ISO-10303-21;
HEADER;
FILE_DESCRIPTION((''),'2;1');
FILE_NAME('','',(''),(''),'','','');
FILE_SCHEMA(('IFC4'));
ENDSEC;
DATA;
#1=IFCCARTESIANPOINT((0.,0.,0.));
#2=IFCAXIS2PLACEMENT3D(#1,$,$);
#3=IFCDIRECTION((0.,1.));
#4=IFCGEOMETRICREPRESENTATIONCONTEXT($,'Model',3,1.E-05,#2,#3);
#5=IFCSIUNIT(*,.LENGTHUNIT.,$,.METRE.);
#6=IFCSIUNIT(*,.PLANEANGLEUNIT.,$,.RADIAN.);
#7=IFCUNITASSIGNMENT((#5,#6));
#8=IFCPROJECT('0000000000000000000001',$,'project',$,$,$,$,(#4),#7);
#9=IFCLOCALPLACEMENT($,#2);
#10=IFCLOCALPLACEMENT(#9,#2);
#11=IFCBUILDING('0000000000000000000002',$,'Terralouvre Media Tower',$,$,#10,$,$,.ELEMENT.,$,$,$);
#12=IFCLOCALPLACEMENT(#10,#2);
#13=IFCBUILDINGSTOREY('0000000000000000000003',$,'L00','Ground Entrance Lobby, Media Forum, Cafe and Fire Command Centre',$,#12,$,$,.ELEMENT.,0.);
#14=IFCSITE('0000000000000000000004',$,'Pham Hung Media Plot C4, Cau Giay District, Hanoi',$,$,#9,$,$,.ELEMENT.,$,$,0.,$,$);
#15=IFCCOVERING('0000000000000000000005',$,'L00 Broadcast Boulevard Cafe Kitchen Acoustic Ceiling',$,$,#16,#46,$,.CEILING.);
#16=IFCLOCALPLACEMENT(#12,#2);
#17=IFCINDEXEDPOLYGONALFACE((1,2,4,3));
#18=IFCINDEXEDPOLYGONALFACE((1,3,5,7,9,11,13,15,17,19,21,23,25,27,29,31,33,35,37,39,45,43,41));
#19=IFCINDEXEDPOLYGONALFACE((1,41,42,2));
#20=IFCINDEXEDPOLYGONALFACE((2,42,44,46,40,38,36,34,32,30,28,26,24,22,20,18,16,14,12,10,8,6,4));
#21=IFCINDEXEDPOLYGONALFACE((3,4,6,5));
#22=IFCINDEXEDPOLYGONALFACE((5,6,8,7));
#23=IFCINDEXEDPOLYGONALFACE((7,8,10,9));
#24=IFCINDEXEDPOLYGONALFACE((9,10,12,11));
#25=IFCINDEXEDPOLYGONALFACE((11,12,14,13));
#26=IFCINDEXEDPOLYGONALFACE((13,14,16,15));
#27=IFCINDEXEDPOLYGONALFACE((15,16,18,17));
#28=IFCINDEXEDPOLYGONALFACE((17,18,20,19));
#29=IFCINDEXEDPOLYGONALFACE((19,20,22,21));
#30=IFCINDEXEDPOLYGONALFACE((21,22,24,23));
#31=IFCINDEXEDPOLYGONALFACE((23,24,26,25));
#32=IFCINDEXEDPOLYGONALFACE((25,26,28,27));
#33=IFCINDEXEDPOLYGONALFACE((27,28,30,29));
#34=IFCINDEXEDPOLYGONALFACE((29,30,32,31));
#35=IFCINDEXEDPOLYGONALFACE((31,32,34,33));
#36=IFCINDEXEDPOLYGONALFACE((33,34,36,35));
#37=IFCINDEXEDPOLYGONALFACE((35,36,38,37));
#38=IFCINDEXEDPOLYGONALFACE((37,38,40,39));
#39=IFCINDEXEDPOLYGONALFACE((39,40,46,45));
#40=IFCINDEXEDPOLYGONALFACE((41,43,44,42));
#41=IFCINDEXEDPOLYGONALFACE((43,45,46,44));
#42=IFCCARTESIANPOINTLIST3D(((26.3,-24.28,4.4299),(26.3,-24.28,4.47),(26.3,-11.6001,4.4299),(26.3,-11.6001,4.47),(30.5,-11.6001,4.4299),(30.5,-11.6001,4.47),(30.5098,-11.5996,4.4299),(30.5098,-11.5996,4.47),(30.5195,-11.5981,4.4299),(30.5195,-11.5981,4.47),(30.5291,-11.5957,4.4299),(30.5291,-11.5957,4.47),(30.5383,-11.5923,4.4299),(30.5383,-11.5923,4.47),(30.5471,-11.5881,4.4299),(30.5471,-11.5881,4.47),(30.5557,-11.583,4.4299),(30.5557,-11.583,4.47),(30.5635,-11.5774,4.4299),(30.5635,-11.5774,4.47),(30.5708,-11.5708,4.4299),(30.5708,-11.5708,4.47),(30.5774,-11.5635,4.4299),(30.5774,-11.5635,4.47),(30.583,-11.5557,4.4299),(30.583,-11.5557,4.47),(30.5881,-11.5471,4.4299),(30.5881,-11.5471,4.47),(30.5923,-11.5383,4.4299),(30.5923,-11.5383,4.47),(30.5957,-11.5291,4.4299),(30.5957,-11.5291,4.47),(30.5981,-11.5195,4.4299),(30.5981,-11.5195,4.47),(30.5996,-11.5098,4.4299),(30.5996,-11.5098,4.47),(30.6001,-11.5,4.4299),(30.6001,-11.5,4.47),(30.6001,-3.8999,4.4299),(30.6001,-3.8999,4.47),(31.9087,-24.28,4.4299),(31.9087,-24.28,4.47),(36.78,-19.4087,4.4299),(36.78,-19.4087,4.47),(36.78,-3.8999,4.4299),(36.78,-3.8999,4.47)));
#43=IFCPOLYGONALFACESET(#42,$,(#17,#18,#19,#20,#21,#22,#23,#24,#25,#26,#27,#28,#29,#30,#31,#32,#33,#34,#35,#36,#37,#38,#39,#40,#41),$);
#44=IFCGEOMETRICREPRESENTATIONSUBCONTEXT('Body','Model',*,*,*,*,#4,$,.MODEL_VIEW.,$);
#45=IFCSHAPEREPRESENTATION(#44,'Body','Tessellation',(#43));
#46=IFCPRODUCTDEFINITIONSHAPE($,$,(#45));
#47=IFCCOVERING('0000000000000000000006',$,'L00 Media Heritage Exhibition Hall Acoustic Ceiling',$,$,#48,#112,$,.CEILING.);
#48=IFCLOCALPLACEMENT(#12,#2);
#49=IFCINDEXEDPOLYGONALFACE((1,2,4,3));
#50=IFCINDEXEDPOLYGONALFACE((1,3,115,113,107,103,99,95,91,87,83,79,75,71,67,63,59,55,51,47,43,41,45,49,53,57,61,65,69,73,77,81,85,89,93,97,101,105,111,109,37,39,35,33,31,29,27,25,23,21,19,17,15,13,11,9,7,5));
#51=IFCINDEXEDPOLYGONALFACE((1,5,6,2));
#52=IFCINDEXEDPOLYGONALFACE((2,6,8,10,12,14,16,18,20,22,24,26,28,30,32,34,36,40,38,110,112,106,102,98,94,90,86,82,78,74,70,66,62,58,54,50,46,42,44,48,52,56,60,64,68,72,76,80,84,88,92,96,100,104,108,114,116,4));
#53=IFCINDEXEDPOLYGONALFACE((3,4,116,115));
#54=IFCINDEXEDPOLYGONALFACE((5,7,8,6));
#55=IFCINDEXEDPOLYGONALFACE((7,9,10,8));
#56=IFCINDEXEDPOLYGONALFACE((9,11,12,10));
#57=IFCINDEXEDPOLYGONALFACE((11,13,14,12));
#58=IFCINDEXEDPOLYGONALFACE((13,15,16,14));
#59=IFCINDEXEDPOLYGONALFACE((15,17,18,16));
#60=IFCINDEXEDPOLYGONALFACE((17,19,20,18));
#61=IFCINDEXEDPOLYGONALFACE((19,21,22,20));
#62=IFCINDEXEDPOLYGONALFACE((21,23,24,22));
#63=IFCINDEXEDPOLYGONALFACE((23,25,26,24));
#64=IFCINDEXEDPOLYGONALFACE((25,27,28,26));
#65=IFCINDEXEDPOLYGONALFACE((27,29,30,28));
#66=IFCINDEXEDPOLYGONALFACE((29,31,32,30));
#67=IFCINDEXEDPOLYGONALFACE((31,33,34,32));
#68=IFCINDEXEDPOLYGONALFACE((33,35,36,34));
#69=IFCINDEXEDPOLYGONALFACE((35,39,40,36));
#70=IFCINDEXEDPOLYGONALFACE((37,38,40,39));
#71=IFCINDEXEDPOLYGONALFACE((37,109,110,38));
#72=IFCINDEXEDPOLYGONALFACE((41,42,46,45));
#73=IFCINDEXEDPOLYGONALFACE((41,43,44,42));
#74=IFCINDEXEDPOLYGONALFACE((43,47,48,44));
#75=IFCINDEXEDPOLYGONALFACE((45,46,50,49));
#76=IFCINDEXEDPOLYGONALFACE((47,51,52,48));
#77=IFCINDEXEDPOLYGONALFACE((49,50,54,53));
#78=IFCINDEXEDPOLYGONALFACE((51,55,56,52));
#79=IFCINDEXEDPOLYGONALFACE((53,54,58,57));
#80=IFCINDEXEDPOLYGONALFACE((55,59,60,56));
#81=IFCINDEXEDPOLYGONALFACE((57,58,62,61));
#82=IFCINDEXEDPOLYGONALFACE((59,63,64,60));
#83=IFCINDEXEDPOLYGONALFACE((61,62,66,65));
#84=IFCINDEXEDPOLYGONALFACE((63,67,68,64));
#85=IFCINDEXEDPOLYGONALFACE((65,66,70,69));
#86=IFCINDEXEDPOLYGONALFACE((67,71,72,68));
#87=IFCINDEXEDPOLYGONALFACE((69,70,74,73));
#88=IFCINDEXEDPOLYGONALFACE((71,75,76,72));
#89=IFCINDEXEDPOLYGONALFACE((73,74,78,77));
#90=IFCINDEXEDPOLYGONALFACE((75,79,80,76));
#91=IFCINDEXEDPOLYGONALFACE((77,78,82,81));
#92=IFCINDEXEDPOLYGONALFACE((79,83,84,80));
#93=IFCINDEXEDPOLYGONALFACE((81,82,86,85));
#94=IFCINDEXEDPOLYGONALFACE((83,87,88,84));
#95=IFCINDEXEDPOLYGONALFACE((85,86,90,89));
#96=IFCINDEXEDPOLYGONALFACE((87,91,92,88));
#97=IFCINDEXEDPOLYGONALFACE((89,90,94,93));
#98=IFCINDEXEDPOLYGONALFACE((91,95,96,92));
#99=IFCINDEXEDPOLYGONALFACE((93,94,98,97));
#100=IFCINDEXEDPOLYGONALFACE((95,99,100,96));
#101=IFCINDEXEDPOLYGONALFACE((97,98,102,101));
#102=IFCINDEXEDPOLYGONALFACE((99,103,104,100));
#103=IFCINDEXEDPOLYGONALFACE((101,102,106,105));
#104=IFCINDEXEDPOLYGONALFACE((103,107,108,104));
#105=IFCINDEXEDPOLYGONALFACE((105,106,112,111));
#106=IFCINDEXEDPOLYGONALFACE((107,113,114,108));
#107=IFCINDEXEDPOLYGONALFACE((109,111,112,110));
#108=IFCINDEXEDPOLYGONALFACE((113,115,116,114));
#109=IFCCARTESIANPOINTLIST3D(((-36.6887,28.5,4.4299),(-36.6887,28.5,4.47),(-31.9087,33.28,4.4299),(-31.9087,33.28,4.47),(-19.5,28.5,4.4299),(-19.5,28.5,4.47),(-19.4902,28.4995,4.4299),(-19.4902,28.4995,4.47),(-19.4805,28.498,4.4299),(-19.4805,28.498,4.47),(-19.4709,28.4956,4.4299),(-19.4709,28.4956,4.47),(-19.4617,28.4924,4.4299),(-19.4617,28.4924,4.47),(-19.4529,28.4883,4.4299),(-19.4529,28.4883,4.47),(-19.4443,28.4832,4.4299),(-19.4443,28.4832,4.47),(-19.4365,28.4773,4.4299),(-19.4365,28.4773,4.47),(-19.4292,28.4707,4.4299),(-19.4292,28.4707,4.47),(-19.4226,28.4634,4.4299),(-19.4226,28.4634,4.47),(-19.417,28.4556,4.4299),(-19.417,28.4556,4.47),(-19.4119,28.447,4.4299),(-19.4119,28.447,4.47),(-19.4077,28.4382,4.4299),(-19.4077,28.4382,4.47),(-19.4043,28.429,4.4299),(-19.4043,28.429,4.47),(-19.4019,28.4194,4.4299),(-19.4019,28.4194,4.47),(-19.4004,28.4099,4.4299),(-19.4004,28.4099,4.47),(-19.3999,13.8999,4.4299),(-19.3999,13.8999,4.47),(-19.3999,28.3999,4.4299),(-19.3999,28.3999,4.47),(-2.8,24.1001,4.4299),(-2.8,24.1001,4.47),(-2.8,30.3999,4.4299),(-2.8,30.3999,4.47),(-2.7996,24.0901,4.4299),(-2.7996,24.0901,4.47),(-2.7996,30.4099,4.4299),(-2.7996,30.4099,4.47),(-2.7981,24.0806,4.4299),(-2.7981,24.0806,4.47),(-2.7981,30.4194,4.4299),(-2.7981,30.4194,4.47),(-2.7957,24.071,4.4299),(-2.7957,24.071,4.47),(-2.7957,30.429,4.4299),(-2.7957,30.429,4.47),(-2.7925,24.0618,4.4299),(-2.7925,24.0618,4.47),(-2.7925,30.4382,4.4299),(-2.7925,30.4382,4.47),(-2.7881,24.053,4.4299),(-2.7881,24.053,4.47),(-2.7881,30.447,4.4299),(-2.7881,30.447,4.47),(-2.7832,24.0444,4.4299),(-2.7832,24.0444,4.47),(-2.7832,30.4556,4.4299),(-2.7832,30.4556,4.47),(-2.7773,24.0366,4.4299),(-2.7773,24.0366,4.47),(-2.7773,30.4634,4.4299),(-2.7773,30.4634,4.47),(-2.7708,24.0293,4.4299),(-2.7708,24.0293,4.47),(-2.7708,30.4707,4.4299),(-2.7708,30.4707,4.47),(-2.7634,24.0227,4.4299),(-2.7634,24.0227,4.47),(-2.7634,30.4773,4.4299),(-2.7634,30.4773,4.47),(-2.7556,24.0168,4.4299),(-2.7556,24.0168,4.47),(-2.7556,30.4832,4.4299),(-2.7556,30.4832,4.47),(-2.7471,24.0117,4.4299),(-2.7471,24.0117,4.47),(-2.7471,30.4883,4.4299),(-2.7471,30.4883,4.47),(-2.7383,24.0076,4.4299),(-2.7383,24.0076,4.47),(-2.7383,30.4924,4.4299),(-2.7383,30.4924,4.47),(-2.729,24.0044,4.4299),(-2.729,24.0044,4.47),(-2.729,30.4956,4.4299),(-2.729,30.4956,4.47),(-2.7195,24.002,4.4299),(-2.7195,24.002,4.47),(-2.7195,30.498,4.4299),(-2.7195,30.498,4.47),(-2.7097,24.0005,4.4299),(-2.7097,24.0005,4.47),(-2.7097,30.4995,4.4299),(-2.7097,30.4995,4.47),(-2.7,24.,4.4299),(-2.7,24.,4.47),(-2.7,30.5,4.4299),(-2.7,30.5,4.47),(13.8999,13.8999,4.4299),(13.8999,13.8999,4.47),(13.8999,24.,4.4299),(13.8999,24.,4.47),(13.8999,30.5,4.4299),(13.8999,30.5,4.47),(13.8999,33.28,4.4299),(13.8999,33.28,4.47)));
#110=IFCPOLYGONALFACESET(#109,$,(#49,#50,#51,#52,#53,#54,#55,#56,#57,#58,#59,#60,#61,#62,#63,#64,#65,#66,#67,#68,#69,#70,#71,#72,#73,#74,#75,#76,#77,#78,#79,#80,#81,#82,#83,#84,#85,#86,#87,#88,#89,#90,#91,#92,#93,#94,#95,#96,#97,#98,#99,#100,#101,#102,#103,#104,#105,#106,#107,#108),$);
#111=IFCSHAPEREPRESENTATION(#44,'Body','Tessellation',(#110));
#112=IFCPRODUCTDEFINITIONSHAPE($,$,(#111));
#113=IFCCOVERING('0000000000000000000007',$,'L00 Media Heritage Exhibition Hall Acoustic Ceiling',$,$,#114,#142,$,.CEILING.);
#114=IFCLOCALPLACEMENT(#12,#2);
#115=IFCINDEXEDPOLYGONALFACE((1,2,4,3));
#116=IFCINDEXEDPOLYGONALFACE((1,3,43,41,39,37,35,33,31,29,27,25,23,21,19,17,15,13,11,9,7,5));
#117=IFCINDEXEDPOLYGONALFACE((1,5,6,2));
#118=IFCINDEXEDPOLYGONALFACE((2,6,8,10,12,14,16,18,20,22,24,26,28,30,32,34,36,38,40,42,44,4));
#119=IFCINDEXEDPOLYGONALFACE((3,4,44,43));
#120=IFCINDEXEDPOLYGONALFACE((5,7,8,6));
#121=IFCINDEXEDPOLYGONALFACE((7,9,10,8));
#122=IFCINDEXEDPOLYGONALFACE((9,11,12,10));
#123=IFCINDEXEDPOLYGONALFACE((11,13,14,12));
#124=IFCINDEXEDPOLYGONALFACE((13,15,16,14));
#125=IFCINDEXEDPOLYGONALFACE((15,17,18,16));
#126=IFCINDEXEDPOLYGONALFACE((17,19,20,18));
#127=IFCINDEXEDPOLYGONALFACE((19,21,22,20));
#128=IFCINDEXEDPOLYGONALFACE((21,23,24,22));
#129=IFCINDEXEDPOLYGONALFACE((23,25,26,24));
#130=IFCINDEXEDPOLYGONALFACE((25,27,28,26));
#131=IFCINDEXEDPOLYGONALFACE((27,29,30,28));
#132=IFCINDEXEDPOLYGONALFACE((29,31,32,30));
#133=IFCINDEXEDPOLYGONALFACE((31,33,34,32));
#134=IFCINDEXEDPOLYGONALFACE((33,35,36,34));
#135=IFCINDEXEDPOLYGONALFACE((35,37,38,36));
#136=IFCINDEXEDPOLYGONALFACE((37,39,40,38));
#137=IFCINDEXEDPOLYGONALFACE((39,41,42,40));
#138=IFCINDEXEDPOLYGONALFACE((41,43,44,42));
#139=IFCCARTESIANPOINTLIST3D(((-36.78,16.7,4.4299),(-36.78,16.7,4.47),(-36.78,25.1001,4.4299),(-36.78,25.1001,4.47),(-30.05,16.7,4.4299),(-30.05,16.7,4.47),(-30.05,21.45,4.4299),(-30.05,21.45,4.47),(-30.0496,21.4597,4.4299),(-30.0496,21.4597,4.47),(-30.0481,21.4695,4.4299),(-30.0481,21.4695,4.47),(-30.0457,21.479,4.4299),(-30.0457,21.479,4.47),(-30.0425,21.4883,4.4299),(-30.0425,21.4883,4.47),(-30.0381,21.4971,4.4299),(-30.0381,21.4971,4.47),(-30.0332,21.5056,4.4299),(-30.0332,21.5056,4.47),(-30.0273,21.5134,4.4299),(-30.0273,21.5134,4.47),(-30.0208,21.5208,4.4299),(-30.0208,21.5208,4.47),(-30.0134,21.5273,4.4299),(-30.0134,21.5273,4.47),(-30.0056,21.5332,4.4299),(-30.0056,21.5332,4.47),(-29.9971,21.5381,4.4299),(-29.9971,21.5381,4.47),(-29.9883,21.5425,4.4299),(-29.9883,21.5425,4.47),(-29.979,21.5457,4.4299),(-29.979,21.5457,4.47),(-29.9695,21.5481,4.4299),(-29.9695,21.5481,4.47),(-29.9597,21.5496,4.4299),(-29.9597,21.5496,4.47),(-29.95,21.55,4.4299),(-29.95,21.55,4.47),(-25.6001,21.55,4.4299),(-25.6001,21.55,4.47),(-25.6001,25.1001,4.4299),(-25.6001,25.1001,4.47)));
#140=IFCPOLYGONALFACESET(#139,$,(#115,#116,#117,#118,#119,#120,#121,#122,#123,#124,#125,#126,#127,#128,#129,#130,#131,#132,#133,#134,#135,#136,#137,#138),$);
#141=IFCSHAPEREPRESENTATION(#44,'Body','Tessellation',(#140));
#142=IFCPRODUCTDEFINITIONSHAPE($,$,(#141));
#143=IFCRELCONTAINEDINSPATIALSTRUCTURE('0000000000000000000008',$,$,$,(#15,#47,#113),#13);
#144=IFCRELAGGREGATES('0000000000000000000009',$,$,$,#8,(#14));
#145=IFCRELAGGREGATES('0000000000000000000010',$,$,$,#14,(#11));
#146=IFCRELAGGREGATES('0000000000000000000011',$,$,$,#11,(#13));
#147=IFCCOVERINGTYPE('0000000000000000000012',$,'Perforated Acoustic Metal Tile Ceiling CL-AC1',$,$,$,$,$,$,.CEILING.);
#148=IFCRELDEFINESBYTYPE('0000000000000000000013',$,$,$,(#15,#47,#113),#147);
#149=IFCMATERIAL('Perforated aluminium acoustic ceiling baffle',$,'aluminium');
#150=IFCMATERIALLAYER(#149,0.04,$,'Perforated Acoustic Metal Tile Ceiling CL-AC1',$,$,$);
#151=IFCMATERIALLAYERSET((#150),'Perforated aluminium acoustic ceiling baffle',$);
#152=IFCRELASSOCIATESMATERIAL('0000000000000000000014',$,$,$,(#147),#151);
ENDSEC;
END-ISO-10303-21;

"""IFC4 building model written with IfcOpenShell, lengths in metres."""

from ifc_helpers import new_model, si_unit, direction, frame, origin, place, context, subcontext, project, spatial, polyline, outline, extrude, material, layer, layer_set, type_object, element, save


model = new_model("IFC4")

# Units and contexts
model_context = context("Model", 3, precision=1e-05, world=origin(), true_north=direction((0.0, 1.0)))
body_context = subcontext(model_context, "Body", "Model", "MODEL_VIEW")
ifc_project = project(units=[si_unit("LENGTHUNIT", "METRE"), si_unit("PLANEANGLEUNIT", "RADIAN")], contexts=[model_context])

# Site, building, storey
site_placement = place(None, origin())
site = spatial("IfcSite", under=ifc_project, at=site_placement, Name="Pham Hung Media Plot C4, Cau Giay District, Hanoi", CompositionType="ELEMENT", RefElevation=0.0)
building_placement = place(site_placement, origin())
building = spatial("IfcBuilding", under=site, at=building_placement, Name="Terralouvre Media Tower", CompositionType="ELEMENT")
storey_placement = place(building_placement, origin())
storey = spatial("IfcBuildingStorey", under=building, at=storey_placement, Name="L00", Description="Ground Entrance Lobby, Media Forum, Cafe and Fire Command Centre", CompositionType="ELEMENT", Elevation=0.0)

# Coverings
ifc_material_1 = material(Name="Perforated aluminium acoustic ceiling baffle", Category="aluminium")
ifc_layer_1 = layer(ifc_material_1, 0.04, Name="Perforated Acoustic Metal Tile Ceiling CL-AC1")
ifc_layer_set_1 = layer_set([ifc_layer_1], Name="Perforated aluminium acoustic ceiling baffle")
covering_type_1 = type_object("IfcCoveringType", Name="Perforated Acoustic Metal Tile Ceiling CL-AC1", PredefinedType="CEILING", material=ifc_layer_set_1)
covering_1_placement = place(storey_placement, frame((0.0, 0.0, 4.4299)))
element("IfcCovering", 1, at=covering_1_placement, inside=storey, type_object=covering_type_1, Name="L00 Broadcast Boulevard Cafe Kitchen Acoustic Ceiling", PredefinedType="CEILING", context=body_context, shape_type="SweptSolid", body=[
    extrude(outline(polyline([(36.78, -3.8999), (30.6001, -3.8999), (30.6001, -11.5), (30.5996, -11.5098), (30.5981, -11.5195), (30.5957, -11.5291), (30.5923, -11.5383), (30.5881, -11.5471), (30.583, -11.5557), (30.5774, -11.5635), (30.5708, -11.5708), (30.5635, -11.5774), (30.5557, -11.583), (30.5471, -11.5881), (30.5383, -11.5923), (30.5291, -11.5957), (30.5195, -11.5981), (30.5098, -11.5996), (30.5, -11.6001), (26.3, -11.6001), (26.3, -24.28), (31.9087, -24.28), (36.78, -19.4087), (36.78, -3.8999)])), origin(), (0.0, 0.0, 1.0), 0.04),
])
covering_2_placement = place(storey_placement, frame((0.0, 0.0, 4.4299)))
element("IfcCovering", 2, at=covering_2_placement, inside=storey, type_object=covering_type_1, Name="L00 Media Heritage Exhibition Hall Acoustic Ceiling", PredefinedType="CEILING", context=body_context, shape_type="SweptSolid", body=[
    extrude(outline(polyline([(-19.5, 28.5), (-19.4902, 28.4995), (-19.4805, 28.498), (-19.4709, 28.4956), (-19.4617, 28.4924), (-19.4529, 28.4883), (-19.4443, 28.4832), (-19.4365, 28.4773), (-19.4292, 28.4707), (-19.4226, 28.4634), (-19.417, 28.4556), (-19.4119, 28.447), (-19.4077, 28.4382), (-19.4043, 28.429), (-19.4019, 28.4194), (-19.4004, 28.4099), (-19.3999, 28.3999), (-19.3999, 13.8999), (13.8999, 13.8999), (13.8999, 24.0), (-2.7, 24.0), (-2.7097, 24.0005), (-2.7195, 24.002), (-2.729, 24.0044), (-2.7383, 24.0076), (-2.7471, 24.0117), (-2.7556, 24.0168), (-2.7634, 24.0227), (-2.7708, 24.0293), (-2.7773, 24.0366), (-2.7832, 24.0444), (-2.7881, 24.053), (-2.7925, 24.0618), (-2.7957, 24.071), (-2.7981, 24.0806), (-2.7996, 24.0901), (-2.8, 24.1001), (-2.8, 30.3999), (-2.7996, 30.4099), (-2.7981, 30.4194), (-2.7957, 30.429), (-2.7925, 30.4382), (-2.7881, 30.447), (-2.7832, 30.4556), (-2.7773, 30.4634), (-2.7708, 30.4707), (-2.7634, 30.4773), (-2.7556, 30.4832), (-2.7471, 30.4883), (-2.7383, 30.4924), (-2.729, 30.4956), (-2.7195, 30.498), (-2.7097, 30.4995), (-2.7, 30.5), (13.8999, 30.5), (13.8999, 33.28), (-31.9087, 33.28), (-36.6887, 28.5), (-19.5, 28.5)])), origin(), (0.0, 0.0, 1.0), 0.04),
])
covering_3_placement = place(storey_placement, frame((0.0, 0.0, 4.4299)))
element("IfcCovering", 3, at=covering_3_placement, inside=storey, type_object=covering_type_1, Name="L00 Media Heritage Exhibition Hall Acoustic Ceiling", PredefinedType="CEILING", context=body_context, shape_type="SweptSolid", body=[
    extrude(outline(polyline([(-36.78, 25.1001), (-36.78, 16.7), (-30.05, 16.7), (-30.05, 21.45), (-30.0496, 21.4597), (-30.0481, 21.4695), (-30.0457, 21.479), (-30.0425, 21.4883), (-30.0381, 21.4971), (-30.0332, 21.5056), (-30.0273, 21.5134), (-30.0208, 21.5208), (-30.0134, 21.5273), (-30.0056, 21.5332), (-29.9971, 21.5381), (-29.9883, 21.5425), (-29.979, 21.5457), (-29.9695, 21.5481), (-29.9597, 21.5496), (-29.95, 21.55), (-25.6001, 21.55), (-25.6001, 25.1001), (-36.78, 25.1001)])), origin(), (0.0, 0.0, 1.0), 0.04),
])

save(model, "model.ifc")
